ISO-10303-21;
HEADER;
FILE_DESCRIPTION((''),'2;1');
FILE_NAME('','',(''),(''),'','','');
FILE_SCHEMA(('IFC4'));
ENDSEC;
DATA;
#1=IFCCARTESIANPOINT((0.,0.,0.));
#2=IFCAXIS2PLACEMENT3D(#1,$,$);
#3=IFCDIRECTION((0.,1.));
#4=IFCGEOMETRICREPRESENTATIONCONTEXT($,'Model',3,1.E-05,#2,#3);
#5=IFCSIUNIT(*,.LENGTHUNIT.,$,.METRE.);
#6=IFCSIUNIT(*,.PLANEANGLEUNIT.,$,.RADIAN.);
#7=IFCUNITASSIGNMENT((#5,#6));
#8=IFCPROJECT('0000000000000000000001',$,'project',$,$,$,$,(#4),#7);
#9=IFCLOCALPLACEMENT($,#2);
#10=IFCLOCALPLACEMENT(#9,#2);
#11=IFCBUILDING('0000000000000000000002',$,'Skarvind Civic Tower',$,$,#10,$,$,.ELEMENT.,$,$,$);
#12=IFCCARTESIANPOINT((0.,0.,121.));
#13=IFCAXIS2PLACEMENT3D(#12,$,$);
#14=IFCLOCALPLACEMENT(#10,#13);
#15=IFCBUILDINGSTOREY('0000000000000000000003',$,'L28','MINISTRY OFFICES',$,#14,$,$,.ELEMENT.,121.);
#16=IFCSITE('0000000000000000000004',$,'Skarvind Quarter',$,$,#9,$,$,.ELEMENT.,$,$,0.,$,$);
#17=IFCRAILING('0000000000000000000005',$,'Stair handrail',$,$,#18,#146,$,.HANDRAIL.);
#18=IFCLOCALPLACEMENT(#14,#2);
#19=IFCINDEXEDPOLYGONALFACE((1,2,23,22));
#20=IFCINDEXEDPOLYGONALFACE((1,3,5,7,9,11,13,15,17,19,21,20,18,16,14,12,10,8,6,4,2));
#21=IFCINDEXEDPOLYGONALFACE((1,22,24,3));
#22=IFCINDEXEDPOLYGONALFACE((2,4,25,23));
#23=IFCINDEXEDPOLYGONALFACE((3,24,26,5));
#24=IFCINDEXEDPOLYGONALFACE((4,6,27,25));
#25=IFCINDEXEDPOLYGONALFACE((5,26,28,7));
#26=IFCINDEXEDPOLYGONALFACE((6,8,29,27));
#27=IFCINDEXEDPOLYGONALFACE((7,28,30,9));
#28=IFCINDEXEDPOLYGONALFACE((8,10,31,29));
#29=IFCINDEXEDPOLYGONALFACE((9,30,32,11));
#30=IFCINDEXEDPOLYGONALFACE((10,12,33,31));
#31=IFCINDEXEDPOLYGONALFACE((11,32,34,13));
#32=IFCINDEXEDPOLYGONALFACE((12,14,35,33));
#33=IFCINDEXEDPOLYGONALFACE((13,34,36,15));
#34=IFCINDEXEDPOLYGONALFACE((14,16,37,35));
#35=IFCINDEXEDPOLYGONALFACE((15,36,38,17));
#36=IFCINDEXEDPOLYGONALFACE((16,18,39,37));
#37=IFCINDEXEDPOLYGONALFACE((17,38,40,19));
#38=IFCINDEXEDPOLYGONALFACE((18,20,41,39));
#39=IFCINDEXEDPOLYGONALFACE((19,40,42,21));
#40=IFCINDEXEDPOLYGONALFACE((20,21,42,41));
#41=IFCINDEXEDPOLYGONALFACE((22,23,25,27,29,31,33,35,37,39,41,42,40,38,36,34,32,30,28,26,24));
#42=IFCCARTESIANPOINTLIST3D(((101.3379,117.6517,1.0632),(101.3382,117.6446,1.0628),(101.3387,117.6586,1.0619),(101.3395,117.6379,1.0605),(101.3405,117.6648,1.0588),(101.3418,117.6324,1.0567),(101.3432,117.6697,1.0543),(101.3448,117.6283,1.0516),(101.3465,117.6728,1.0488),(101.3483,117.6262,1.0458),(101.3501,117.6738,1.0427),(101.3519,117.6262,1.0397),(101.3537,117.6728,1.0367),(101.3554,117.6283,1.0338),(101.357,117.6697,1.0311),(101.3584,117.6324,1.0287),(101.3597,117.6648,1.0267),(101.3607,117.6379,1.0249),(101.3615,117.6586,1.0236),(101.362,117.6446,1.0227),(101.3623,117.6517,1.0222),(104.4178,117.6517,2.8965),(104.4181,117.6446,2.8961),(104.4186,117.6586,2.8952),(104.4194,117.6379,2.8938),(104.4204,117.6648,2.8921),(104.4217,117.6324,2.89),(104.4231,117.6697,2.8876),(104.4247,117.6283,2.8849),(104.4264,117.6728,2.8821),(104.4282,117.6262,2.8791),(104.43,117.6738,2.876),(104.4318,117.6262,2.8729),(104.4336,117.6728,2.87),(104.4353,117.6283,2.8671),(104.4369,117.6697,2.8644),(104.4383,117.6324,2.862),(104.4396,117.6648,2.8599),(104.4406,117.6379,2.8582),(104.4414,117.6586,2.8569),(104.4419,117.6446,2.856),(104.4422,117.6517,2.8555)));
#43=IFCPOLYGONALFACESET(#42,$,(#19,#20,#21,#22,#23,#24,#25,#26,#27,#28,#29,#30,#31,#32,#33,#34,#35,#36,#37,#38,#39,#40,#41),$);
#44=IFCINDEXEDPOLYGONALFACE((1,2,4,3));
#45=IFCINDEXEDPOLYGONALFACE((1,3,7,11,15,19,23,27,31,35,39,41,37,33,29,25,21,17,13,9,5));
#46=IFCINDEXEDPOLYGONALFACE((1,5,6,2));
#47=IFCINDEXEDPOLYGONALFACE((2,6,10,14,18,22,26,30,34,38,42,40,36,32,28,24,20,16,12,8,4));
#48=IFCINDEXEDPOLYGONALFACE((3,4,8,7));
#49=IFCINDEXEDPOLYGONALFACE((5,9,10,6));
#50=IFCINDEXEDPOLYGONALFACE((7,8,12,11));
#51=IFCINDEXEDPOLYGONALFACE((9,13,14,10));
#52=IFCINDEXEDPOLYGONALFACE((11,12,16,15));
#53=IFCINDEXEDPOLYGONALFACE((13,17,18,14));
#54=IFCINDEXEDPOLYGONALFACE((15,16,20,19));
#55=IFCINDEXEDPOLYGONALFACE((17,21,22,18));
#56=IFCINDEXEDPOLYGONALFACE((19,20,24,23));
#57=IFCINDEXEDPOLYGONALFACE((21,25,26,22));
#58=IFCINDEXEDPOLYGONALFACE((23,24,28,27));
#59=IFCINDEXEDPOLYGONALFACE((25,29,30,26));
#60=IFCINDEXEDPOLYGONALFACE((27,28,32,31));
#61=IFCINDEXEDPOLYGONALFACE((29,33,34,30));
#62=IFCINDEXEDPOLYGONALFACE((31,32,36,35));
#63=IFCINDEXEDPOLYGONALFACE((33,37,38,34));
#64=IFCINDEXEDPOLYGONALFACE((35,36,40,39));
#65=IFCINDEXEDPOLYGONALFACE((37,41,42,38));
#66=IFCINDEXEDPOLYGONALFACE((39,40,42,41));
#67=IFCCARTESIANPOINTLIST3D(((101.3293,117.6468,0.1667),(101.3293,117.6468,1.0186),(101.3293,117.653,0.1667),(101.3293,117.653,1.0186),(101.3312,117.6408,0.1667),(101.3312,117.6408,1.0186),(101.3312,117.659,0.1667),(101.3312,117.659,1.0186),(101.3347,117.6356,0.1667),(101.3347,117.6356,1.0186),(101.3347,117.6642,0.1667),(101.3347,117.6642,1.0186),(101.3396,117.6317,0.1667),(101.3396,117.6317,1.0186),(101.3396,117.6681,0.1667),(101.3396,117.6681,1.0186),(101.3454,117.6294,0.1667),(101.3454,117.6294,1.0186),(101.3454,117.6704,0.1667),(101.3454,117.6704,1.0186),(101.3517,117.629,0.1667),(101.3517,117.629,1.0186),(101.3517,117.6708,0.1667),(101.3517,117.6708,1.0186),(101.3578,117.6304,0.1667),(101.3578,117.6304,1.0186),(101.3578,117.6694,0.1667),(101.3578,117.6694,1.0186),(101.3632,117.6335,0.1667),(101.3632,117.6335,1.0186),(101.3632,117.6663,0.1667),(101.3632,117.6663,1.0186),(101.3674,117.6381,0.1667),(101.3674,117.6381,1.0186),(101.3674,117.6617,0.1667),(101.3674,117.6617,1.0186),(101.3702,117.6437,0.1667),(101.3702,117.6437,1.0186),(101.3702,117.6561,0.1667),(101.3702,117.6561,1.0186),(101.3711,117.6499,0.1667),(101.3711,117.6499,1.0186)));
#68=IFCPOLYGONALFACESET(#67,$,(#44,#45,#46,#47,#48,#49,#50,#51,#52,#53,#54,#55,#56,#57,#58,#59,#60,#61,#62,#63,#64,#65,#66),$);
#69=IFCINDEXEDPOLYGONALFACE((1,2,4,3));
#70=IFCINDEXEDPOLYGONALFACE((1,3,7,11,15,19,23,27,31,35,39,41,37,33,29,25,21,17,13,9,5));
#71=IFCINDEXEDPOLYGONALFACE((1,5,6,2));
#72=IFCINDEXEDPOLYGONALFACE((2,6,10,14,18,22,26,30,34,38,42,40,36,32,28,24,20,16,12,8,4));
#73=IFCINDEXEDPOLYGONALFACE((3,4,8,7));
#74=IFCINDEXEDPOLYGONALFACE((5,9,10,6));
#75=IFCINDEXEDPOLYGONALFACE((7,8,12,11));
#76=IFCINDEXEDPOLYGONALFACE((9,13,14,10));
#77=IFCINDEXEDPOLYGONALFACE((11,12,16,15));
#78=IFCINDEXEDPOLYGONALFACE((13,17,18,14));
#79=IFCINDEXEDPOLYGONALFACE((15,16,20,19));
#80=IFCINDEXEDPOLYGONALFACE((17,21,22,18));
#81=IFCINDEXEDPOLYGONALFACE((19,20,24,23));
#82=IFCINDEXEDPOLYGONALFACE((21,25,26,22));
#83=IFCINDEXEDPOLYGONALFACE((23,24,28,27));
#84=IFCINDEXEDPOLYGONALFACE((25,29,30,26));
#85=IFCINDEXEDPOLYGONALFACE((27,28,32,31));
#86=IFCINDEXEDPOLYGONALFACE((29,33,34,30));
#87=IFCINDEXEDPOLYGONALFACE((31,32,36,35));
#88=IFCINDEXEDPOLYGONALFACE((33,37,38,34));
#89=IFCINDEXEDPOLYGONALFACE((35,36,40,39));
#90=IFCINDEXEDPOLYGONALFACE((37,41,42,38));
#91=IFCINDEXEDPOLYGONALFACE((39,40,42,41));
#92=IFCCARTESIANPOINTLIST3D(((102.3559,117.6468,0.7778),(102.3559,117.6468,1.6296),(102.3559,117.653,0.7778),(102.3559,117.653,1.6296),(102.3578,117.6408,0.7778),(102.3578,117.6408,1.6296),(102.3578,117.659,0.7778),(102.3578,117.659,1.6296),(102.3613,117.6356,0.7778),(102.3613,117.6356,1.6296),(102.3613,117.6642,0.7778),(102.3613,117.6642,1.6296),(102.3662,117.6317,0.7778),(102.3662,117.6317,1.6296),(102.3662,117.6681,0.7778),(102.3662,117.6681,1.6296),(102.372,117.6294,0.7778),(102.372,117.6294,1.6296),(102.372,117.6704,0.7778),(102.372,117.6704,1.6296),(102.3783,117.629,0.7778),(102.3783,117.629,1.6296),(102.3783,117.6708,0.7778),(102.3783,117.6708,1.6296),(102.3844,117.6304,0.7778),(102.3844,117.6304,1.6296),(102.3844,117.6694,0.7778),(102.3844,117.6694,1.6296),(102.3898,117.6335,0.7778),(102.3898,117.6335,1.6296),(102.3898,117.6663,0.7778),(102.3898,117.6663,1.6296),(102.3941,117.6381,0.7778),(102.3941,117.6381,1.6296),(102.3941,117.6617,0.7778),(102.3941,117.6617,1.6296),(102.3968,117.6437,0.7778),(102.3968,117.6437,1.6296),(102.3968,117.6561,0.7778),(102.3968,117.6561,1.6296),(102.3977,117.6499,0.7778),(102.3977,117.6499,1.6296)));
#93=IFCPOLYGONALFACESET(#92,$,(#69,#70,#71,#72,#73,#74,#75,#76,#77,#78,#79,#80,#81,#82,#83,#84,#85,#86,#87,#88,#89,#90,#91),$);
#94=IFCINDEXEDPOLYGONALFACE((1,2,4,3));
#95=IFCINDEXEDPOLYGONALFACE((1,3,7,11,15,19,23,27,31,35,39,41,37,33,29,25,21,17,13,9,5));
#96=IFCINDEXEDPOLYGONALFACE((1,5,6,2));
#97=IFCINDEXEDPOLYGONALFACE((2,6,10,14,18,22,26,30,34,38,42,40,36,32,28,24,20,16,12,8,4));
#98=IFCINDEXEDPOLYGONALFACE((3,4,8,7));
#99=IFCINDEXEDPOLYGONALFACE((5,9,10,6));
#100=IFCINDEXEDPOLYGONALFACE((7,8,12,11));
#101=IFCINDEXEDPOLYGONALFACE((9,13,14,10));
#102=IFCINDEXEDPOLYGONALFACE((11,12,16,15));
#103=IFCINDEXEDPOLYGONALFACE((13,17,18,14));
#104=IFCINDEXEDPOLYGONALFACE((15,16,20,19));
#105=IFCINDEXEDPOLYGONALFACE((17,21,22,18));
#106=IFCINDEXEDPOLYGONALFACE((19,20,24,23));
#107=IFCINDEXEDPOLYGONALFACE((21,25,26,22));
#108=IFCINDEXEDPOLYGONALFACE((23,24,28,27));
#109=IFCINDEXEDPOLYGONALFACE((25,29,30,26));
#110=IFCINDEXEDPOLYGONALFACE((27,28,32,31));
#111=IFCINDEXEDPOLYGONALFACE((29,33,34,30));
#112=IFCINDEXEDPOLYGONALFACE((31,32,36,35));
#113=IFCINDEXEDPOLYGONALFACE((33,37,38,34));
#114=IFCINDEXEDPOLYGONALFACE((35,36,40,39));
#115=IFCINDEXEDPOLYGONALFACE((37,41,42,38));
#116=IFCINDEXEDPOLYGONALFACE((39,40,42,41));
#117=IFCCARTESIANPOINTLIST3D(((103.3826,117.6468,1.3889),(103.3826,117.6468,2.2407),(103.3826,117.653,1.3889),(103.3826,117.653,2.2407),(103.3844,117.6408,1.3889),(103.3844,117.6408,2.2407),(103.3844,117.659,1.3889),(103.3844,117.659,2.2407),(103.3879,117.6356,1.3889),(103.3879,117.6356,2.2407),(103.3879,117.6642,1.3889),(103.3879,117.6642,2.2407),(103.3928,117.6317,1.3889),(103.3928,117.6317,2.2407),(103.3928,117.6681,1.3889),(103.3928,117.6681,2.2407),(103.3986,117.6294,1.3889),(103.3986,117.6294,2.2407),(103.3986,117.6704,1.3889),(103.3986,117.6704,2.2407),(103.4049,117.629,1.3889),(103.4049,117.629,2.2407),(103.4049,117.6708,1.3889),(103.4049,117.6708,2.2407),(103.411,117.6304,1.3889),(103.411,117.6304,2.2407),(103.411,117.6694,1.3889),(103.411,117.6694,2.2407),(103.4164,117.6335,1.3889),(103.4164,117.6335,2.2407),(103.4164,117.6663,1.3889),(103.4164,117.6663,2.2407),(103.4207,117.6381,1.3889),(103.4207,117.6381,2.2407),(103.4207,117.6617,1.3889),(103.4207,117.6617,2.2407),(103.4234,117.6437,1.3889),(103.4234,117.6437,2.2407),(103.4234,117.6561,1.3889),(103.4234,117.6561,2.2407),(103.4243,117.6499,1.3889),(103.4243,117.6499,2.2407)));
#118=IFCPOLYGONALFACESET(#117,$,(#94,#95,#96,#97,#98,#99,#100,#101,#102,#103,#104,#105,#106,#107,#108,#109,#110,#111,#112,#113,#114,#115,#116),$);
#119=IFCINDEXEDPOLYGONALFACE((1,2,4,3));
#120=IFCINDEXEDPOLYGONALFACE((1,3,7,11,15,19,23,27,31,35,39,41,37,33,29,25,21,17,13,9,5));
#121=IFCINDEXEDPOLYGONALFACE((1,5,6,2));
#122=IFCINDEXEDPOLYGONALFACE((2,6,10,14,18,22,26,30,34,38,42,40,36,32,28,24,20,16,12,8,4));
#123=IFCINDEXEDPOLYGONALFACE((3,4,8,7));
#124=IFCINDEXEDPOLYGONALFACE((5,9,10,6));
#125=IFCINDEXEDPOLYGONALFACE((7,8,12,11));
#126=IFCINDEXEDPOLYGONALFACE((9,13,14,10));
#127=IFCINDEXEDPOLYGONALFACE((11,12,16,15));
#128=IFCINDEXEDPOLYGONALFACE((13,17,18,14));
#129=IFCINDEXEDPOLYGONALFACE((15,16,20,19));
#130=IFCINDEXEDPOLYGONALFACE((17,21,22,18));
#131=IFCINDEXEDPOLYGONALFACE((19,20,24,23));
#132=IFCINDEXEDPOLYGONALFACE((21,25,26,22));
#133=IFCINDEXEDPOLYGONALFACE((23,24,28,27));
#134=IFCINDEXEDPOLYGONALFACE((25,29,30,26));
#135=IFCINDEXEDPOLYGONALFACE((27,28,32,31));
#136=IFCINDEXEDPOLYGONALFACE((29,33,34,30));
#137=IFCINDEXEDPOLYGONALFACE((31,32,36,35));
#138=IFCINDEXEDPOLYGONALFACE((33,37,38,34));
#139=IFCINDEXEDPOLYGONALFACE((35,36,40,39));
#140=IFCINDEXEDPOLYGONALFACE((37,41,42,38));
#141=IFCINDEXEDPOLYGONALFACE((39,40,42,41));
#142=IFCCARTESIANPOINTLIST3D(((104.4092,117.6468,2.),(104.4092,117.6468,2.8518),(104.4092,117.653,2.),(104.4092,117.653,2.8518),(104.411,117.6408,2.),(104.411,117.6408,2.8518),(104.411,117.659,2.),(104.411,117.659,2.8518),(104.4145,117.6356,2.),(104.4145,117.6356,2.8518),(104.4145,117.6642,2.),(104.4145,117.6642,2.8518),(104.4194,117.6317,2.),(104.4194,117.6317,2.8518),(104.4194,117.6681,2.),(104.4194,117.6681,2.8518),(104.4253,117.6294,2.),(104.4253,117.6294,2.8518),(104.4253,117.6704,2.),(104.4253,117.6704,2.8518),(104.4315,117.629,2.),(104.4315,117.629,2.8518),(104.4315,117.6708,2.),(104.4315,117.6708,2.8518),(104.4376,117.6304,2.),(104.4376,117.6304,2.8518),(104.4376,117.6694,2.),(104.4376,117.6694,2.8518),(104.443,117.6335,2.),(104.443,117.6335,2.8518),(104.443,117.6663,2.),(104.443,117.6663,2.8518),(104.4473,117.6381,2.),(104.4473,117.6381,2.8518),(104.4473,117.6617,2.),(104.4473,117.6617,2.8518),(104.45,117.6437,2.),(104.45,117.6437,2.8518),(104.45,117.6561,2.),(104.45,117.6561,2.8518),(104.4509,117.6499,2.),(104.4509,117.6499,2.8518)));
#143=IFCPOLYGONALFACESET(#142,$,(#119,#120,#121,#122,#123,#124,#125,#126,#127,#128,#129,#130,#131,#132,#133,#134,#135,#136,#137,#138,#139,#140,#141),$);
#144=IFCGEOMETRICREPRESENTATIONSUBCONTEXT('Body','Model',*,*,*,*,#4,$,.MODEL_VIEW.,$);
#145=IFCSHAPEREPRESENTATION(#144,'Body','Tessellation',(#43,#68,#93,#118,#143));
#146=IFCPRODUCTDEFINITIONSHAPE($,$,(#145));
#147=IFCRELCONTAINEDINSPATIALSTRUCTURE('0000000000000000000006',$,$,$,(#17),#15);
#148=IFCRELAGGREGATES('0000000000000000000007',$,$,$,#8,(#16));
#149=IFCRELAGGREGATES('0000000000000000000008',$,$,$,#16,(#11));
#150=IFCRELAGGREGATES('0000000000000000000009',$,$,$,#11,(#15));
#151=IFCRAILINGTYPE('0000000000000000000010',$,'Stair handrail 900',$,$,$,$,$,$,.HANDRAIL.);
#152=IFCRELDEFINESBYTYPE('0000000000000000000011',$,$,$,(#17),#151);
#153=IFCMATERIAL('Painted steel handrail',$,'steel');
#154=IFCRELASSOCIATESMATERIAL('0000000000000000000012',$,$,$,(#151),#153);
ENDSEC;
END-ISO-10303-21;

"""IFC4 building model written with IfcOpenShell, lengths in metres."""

from ifc_helpers import new_model, si_unit, direction, frame, origin, origin_2d, place, context, subcontext, project, spatial, circle, extrude, material, type_object, element, save


model = new_model("IFC4")

# Units and contexts
model_context = context("Model", 3, precision=1e-05, world=origin(), true_north=direction((0.0, 1.0)))
body_context = subcontext(model_context, "Body", "Model", "MODEL_VIEW")
ifc_project = project(units=[si_unit("LENGTHUNIT", "METRE"), si_unit("PLANEANGLEUNIT", "RADIAN")], contexts=[model_context])

# Site, building, storey
site_placement = place(None, origin())
site = spatial("IfcSite", under=ifc_project, at=site_placement, Name="Skarvind Quarter", CompositionType="ELEMENT", RefElevation=0.0)
building_placement = place(site_placement, origin())
building = spatial("IfcBuilding", under=site, at=building_placement, Name="Skarvind Civic Tower", CompositionType="ELEMENT")
storey_placement = place(building_placement, frame((0.0, 0.0, 121.0)))
storey = spatial("IfcBuildingStorey", under=building, at=storey_placement, Name="L28", Description="MINISTRY OFFICES", CompositionType="ELEMENT", Elevation=121.0)

# Railing
ifc_material_1 = material(Name="Painted steel handrail", Category="steel")
railing_type = type_object("IfcRailingType", Name="Stair handrail 900", PredefinedType="HANDRAIL", material=ifc_material_1)
railing_1_placement = place(storey_placement, frame((101.3501, 117.6499, 0.1667)))
element("IfcRailing", 1, at=railing_1_placement, inside=storey, type_object=railing_type, Name="Stair handrail", PredefinedType="HANDRAIL", context=body_context, shape_type="SweptSolid", body=[
    extrude(circle(Radius=0.0239, at=origin_2d()), frame((0.0, 0.0, 0.876), z_axis=(0.859291, 0.0, 0.511487), x_axis=(0.0, 1.0, 0.0)), (0.0, 0.0, 1.0), 3.5842),
    extrude(circle(Radius=0.021, at=origin_2d()), origin(), (0.0, 0.0, 1.0), 0.8518),
    extrude(circle(Radius=0.021, at=origin_2d()), frame((1.0266, 0.0, 0.6111)), (0.0, 0.0, 1.0), 0.8518),
    extrude(circle(Radius=0.021, at=origin_2d()), frame((2.0532, 0.0, 1.2222)), (0.0, 0.0, 1.0), 0.8518),
    extrude(circle(Radius=0.021, at=origin_2d()), frame((3.0798, 0.0, 1.8333)), (0.0, 0.0, 1.0), 0.8518),
])

save(model, "model.ifc")
